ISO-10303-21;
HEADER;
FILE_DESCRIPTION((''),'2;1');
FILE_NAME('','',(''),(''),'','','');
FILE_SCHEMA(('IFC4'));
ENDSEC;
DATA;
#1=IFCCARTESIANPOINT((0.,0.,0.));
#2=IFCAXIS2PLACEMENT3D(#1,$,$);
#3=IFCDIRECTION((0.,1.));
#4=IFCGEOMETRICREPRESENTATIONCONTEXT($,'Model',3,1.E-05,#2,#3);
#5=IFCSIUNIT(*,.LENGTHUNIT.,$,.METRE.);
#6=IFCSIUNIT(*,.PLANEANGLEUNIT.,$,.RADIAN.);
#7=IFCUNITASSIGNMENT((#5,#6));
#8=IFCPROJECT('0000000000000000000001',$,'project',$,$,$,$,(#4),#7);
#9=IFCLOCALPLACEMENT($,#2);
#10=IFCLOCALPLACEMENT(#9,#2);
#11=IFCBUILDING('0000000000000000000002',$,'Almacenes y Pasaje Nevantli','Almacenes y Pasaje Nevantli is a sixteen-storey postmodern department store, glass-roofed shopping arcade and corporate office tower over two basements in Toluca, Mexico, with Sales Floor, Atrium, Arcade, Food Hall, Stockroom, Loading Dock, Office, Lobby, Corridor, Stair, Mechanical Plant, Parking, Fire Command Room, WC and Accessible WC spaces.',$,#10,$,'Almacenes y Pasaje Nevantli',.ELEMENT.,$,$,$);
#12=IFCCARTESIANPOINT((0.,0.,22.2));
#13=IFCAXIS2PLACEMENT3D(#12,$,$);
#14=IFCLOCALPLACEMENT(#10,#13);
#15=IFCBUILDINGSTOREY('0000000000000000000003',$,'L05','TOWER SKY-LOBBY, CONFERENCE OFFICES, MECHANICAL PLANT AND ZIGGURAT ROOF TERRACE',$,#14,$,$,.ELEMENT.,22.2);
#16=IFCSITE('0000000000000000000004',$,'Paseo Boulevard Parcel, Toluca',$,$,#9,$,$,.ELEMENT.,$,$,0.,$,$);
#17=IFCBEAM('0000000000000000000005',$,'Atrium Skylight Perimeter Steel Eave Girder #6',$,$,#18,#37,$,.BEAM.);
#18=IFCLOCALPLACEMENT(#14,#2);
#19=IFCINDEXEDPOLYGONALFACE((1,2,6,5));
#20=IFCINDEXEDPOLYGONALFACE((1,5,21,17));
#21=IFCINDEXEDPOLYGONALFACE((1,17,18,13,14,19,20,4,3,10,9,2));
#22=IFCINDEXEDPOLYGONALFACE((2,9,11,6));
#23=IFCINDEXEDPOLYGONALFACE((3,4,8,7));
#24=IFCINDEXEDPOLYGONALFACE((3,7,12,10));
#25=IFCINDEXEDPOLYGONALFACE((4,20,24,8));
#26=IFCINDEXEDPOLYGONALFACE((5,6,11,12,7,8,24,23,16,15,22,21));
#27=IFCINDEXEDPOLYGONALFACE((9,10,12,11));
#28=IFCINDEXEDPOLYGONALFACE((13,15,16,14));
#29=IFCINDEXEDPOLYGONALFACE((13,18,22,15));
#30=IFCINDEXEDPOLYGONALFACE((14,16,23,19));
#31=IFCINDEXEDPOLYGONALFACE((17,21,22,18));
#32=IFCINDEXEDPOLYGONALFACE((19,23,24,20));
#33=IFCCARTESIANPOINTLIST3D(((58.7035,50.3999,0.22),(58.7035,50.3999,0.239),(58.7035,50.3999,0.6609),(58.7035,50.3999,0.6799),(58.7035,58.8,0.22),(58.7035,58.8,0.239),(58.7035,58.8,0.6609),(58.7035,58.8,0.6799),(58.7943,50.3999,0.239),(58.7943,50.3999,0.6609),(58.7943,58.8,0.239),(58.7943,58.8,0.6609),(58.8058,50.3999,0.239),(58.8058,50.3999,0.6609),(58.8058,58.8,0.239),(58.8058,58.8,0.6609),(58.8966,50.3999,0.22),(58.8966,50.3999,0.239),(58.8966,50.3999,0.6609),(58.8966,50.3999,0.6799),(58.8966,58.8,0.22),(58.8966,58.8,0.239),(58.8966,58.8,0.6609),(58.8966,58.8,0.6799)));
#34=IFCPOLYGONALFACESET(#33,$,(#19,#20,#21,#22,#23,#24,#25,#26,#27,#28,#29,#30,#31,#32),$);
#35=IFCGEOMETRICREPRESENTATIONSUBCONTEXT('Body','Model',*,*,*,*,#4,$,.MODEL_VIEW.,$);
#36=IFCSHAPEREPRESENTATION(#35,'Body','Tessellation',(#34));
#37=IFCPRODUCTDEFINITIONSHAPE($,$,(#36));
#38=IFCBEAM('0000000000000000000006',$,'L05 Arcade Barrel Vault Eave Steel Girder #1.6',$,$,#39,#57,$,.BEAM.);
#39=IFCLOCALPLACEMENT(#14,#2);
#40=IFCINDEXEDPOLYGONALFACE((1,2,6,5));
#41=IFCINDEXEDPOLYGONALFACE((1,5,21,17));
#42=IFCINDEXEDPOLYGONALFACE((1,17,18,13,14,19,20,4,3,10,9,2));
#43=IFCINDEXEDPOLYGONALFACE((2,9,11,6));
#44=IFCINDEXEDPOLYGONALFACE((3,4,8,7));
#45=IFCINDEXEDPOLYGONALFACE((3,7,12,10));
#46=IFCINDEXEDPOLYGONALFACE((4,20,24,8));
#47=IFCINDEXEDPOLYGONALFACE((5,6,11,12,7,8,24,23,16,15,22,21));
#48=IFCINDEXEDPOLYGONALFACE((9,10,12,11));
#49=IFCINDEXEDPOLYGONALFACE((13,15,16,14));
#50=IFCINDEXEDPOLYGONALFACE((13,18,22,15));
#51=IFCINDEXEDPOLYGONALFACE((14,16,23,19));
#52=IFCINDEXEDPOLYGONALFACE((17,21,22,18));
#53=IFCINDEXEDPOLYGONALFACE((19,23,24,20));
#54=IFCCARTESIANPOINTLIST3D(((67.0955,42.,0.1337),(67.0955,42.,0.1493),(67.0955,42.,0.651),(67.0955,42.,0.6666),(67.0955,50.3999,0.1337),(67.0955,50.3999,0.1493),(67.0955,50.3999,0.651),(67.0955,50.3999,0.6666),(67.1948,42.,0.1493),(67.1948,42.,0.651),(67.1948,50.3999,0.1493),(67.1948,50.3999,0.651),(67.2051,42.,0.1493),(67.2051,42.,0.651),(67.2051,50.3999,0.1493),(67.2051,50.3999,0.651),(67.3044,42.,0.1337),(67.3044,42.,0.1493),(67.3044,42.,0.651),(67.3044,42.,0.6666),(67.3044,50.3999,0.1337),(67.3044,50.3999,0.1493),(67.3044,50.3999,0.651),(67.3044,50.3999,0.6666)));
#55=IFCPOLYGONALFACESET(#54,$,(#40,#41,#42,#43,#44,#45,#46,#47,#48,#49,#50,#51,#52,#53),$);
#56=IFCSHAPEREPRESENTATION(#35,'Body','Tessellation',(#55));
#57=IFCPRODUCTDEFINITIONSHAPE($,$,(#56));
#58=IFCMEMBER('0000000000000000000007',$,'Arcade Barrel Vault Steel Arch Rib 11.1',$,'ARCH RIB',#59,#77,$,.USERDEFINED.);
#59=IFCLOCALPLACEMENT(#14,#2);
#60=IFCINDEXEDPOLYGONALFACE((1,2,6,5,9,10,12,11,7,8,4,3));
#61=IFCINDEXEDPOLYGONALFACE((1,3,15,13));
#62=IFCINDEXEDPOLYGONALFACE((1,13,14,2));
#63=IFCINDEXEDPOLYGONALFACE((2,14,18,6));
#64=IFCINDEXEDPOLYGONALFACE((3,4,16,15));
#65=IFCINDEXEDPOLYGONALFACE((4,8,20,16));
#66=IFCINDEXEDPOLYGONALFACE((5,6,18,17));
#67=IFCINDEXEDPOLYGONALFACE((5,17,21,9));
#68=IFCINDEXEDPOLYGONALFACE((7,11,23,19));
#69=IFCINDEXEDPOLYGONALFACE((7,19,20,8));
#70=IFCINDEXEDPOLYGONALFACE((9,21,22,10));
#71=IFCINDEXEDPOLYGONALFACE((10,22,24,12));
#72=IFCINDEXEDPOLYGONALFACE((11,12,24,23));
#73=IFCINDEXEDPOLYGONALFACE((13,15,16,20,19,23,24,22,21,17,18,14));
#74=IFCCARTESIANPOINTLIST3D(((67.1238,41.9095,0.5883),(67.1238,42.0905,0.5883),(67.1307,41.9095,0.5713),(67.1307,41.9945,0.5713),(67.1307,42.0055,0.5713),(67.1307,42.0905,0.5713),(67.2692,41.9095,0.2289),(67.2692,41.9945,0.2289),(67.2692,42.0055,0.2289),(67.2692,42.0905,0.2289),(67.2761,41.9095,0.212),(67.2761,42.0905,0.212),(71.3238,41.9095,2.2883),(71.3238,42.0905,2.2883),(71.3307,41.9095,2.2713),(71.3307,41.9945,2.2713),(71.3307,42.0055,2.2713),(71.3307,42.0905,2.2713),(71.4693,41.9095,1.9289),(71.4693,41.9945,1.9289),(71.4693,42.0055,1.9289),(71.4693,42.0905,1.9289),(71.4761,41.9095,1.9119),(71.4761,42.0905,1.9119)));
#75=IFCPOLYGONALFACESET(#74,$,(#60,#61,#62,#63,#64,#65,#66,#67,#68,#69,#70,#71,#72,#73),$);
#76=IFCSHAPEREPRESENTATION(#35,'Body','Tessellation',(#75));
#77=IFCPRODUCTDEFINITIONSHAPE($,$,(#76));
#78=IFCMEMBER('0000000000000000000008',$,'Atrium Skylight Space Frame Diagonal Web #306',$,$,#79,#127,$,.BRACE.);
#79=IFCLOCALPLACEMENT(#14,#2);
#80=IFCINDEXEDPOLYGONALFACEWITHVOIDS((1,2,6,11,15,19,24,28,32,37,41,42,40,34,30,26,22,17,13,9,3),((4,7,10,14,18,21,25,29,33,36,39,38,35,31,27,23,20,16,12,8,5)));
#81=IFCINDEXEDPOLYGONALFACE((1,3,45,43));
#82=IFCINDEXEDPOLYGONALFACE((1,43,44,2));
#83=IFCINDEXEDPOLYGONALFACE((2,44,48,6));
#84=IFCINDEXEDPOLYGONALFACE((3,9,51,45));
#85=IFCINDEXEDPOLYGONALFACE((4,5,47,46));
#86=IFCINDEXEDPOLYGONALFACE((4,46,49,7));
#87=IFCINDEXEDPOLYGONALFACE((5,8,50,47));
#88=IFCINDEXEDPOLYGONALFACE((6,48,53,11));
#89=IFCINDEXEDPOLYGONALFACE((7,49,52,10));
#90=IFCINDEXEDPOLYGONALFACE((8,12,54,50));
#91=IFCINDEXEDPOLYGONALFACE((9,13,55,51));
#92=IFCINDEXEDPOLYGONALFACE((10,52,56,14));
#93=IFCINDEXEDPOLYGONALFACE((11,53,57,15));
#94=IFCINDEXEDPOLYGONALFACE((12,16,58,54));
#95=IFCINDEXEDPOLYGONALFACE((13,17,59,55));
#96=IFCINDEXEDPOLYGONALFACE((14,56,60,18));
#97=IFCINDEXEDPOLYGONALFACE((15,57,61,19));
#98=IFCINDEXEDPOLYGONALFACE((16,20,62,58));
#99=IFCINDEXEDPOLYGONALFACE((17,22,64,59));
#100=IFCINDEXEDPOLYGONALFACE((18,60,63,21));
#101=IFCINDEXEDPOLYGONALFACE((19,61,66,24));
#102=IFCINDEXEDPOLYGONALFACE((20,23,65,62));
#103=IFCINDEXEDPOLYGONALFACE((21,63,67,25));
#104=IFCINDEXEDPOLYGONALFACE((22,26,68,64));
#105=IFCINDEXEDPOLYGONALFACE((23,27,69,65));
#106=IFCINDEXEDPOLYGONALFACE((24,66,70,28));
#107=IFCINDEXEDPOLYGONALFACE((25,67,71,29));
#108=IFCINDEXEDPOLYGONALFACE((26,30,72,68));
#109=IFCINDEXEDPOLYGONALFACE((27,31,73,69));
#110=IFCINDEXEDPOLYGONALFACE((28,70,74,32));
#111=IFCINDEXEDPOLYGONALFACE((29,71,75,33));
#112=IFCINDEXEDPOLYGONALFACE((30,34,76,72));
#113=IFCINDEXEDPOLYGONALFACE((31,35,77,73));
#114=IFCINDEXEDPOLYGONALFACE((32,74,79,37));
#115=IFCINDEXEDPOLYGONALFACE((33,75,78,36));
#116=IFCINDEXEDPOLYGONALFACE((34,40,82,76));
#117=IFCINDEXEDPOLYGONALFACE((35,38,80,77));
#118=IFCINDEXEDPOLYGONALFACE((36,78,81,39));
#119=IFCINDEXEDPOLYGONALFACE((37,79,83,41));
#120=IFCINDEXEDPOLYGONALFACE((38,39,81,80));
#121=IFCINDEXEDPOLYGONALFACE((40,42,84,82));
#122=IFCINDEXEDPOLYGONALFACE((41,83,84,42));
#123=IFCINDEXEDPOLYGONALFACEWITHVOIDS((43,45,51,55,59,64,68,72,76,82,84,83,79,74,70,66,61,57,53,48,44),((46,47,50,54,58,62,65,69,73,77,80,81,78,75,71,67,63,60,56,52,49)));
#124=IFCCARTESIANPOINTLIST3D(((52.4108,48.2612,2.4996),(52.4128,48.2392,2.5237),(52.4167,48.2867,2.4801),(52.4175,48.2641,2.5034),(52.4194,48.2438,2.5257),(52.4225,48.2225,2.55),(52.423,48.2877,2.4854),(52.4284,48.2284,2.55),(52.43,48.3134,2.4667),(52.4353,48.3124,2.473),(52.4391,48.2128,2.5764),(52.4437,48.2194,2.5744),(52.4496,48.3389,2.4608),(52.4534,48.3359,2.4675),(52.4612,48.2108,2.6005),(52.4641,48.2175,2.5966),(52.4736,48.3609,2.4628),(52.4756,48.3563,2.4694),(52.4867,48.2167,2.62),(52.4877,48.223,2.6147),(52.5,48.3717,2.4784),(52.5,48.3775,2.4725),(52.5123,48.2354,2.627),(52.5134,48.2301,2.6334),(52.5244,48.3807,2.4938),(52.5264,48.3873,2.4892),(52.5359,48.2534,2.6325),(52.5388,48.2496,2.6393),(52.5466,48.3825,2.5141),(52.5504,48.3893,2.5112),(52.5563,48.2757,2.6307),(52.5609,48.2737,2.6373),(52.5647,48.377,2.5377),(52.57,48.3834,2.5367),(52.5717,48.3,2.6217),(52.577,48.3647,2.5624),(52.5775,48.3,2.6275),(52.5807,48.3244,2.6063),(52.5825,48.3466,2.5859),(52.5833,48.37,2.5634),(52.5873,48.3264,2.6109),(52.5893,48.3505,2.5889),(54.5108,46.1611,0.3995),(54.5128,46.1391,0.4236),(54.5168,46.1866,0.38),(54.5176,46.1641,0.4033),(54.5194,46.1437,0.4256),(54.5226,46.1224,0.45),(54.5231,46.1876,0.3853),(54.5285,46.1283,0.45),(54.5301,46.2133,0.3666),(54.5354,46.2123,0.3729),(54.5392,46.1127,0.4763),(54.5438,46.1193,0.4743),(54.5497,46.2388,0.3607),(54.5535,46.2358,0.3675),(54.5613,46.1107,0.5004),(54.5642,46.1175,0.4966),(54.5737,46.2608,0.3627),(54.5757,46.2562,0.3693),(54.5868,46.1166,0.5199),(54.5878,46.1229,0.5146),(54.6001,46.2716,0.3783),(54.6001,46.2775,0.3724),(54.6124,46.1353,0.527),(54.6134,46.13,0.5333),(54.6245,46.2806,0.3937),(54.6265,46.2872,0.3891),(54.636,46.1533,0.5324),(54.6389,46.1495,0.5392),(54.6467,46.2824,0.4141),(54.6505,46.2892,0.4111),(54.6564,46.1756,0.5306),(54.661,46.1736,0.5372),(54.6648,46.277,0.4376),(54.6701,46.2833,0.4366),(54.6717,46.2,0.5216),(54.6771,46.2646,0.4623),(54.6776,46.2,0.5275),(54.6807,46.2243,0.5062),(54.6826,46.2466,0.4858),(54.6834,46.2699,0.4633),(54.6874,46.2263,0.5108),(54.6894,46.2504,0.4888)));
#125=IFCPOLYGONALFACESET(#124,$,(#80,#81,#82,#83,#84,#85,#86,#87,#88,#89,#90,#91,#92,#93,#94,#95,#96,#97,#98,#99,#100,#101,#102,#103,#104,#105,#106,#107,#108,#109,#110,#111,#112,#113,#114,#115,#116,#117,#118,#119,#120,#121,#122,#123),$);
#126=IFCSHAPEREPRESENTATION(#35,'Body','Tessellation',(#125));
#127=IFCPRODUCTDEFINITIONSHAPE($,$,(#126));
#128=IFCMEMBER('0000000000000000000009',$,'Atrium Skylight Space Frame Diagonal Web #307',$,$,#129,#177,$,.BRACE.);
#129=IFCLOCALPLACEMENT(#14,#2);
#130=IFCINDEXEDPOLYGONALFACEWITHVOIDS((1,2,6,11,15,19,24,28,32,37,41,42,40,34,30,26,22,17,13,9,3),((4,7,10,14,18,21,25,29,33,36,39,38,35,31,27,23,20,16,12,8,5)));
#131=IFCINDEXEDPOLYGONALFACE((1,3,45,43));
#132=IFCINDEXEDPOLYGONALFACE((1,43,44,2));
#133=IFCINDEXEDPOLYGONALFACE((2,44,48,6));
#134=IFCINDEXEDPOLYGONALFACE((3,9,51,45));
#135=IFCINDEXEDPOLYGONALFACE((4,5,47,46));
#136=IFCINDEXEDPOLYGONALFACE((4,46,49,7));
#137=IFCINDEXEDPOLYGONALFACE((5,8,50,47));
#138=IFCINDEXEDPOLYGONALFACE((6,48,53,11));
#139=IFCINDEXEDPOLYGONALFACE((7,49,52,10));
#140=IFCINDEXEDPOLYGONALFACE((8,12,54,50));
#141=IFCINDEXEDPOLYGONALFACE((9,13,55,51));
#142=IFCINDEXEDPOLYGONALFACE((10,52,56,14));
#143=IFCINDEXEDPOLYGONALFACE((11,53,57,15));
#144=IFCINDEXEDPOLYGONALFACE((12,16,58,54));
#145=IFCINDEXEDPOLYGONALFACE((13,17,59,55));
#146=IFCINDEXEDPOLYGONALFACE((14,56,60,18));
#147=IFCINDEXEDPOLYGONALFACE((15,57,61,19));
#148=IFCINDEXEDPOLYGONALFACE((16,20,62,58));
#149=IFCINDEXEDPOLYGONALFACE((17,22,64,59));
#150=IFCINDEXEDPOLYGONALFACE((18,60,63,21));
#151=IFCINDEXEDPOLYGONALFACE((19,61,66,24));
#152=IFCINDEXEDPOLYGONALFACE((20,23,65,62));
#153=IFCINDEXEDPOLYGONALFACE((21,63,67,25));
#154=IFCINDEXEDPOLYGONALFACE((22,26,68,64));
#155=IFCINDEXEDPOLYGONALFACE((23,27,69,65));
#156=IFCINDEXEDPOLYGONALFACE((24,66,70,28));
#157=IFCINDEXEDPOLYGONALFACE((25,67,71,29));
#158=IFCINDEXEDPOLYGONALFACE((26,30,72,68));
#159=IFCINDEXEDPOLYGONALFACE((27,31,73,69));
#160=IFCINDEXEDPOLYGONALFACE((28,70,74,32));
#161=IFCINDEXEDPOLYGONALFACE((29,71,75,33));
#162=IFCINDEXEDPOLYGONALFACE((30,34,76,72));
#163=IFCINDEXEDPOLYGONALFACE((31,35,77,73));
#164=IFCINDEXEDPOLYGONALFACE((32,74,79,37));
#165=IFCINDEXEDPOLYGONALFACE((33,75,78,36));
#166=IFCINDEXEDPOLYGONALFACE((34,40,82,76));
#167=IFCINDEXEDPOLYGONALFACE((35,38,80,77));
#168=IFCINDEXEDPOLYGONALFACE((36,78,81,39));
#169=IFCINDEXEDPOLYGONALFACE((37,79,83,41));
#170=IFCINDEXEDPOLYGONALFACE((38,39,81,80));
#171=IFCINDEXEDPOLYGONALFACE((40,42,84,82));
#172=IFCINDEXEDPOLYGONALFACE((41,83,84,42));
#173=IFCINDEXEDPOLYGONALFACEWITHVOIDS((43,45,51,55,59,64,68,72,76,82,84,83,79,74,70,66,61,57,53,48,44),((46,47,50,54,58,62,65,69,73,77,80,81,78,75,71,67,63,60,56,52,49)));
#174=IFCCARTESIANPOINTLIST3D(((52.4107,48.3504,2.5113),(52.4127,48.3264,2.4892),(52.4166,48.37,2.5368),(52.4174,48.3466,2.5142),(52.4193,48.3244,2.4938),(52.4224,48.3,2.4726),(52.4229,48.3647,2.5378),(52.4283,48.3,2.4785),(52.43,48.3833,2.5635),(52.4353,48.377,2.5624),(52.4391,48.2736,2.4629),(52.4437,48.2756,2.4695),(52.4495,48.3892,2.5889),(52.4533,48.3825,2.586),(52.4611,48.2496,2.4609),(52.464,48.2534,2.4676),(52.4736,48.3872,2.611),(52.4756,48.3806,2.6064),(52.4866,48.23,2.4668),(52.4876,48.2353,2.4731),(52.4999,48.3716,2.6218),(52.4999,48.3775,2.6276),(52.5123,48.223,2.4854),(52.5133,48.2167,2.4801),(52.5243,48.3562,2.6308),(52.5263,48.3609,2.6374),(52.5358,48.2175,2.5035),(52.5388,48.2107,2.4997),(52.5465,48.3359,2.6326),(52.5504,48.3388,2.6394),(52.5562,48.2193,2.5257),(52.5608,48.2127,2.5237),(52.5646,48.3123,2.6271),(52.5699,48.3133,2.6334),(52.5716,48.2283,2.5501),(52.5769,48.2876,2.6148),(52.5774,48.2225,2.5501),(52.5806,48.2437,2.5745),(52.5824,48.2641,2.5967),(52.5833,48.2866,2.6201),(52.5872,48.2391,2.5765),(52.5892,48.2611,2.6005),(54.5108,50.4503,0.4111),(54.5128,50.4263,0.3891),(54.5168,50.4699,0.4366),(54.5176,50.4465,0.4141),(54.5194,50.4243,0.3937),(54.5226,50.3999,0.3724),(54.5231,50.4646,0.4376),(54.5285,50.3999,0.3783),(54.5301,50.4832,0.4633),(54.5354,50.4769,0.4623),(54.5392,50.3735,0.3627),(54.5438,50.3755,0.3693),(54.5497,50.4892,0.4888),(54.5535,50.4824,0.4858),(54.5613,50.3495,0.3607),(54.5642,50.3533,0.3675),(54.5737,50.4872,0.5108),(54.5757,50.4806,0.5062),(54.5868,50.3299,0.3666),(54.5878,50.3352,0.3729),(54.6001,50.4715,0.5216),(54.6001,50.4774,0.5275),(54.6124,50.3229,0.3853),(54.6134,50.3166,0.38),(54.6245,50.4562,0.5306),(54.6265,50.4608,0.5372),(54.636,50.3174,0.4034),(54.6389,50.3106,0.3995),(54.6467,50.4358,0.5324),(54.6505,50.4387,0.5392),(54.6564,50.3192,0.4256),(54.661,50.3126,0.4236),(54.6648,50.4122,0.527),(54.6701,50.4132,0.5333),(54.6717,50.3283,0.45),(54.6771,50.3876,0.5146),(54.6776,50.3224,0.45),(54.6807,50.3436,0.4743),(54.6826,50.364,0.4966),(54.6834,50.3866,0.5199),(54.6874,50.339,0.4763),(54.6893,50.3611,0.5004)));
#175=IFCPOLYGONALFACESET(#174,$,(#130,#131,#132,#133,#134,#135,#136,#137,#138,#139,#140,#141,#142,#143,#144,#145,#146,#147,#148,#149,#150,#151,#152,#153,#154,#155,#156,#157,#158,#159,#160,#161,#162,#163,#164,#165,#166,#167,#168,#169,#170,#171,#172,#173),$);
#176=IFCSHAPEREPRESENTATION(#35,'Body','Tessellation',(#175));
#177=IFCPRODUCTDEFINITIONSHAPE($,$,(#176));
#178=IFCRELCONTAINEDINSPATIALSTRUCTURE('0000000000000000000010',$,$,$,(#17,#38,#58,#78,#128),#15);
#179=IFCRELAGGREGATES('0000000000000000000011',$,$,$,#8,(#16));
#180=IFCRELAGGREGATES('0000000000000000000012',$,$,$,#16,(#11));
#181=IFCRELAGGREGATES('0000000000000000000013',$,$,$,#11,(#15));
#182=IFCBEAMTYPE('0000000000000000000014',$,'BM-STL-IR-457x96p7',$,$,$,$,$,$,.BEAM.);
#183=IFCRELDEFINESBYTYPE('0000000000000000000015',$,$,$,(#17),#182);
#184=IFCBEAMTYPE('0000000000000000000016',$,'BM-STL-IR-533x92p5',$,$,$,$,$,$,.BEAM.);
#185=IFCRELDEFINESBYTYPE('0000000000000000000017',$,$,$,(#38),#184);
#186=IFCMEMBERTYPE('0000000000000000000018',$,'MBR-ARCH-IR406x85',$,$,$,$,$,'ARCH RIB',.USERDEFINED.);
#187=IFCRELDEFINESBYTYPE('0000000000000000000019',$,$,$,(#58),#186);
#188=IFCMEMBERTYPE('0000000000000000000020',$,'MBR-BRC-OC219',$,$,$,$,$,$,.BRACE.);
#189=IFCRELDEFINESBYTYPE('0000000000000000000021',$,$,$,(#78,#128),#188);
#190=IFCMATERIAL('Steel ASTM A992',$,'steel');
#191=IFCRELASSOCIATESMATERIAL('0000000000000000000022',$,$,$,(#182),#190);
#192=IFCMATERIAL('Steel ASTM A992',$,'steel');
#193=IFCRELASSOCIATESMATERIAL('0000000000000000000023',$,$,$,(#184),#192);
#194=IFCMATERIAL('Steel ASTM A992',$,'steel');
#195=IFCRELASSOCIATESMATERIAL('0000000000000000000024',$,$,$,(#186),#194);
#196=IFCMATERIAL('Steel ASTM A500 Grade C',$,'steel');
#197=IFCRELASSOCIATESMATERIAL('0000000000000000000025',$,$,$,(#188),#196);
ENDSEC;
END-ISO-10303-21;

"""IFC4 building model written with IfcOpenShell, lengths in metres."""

from ifc_helpers import new_model, si_unit, direction, frame, origin, origin_2d, place, context, subcontext, project, spatial, hollow_circle, i_section, extrude, material, material_profile, profile_set, type_object, element, save


model = new_model("IFC4")

# Units and contexts
model_context = context("Model", 3, precision=1e-05, world=origin(), true_north=direction((0.0, 1.0)))
body_context = subcontext(model_context, "Body", "Model", "MODEL_VIEW")
ifc_project = project(units=[si_unit("LENGTHUNIT", "METRE"), si_unit("PLANEANGLEUNIT", "RADIAN")], contexts=[model_context])

# Site, building, storey
site_placement = place(None, origin())
site = spatial("IfcSite", under=ifc_project, at=site_placement, Name="Paseo Boulevard Parcel, Toluca", CompositionType="ELEMENT", RefElevation=0.0)
building_placement = place(site_placement, origin())
building = spatial("IfcBuilding", under=site, at=building_placement, Name="Almacenes y Pasaje Nevantli", Description="Almacenes y Pasaje Nevantli is a sixteen-storey postmodern department store, glass-roofed shopping arcade and corporate office tower over two basements in Toluca, Mexico, with Sales Floor, Atrium, Arcade, Food Hall, Stockroom, Loading Dock, Office, Lobby, Corridor, Stair, Mechanical Plant, Parking, Fire Command Room, WC and Accessible WC spaces.", LongName="Almacenes y Pasaje Nevantli", CompositionType="ELEMENT")
storey_placement = place(building_placement, frame((0.0, 0.0, 22.2)))
storey = spatial("IfcBuildingStorey", under=building, at=storey_placement, Name="L05", Description="TOWER SKY-LOBBY, CONFERENCE OFFICES, MECHANICAL PLANT AND ZIGGURAT ROOF TERRACE", CompositionType="ELEMENT", Elevation=22.2)

# Beams
ifc_material_1 = material(Name="Steel ASTM A992", Category="steel")
ifc_material_profile_1 = material_profile(ifc_material_1, i_section(OverallWidth=0.1931, OverallDepth=0.46, WebThickness=0.0115, FlangeThickness=0.019, at=origin_2d()), Name="IR 457x96.7")
ifc_profile_set_1 = profile_set([ifc_material_profile_1], Name="Steel ASTM A992")
beam_type_1 = type_object("IfcBeamType", Name="BM-STL-IR-457x96p7", PredefinedType="BEAM", material=ifc_profile_set_1)
beam_1_placement = place(storey_placement, frame((58.8, 50.3999, 0.45), z_axis=(0.0, 1.0, 0.0), x_axis=(-1.0, 0.0, 0.0)))
element("IfcBeam", 1, at=beam_1_placement, inside=storey, type_object=beam_type_1, Name="Atrium Skylight Perimeter Steel Eave Girder #6", PredefinedType="BEAM", context=body_context, shape_type="SweptSolid", body=[
    extrude(i_section(OverallWidth=0.1931, OverallDepth=0.46, WebThickness=0.0115, FlangeThickness=0.019, at=origin_2d()), origin(), (0.0, 0.0, 1.0), 8.4001),
])
ifc_material_2 = material(Name="Steel ASTM A992", Category="steel")
ifc_material_profile_2 = material_profile(ifc_material_2, i_section(OverallWidth=0.209, OverallDepth=0.533, WebThickness=0.0103, FlangeThickness=0.0156, at=origin_2d()), Name="IR 533x92.5")
ifc_profile_set_2 = profile_set([ifc_material_profile_2], Name="Steel ASTM A992")
beam_type_2 = type_object("IfcBeamType", Name="BM-STL-IR-533x92p5", PredefinedType="BEAM", material=ifc_profile_set_2)
beam_2_placement = place(storey_placement, frame((67.2, 42.0, 0.4001), z_axis=(0.0, 1.0, 0.0), x_axis=(-1.0, 0.0, 0.0)))
element("IfcBeam", 2, at=beam_2_placement, inside=storey, type_object=beam_type_2, Name="L05 Arcade Barrel Vault Eave Steel Girder #1.6", PredefinedType="BEAM", context=body_context, shape_type="SweptSolid", body=[
    extrude(i_section(OverallWidth=0.209, OverallDepth=0.533, WebThickness=0.0103, FlangeThickness=0.0156, at=origin_2d()), origin(), (0.0, 0.0, 1.0), 8.3999),
])

# Members
ifc_material_3 = material(Name="Steel ASTM A992", Category="steel")
ifc_material_profile_3 = material_profile(ifc_material_3, i_section(OverallWidth=0.1809, OverallDepth=0.406, WebThickness=0.011, FlangeThickness=0.0183, at=origin_2d()), Name="IR 406x85.0")
ifc_profile_set_3 = profile_set([ifc_material_profile_3], Name="Steel ASTM A992")
member_type_1 = type_object("IfcMemberType", Name="MBR-ARCH-IR406x85", ElementType="ARCH RIB", PredefinedType="USERDEFINED", material=ifc_profile_set_3)
member_1_placement = place(storey_placement, frame((67.2, 42.0, 0.4001), z_axis=(0.926949, 0.0, 0.375187), x_axis=(0.0, 1.0, 0.0)))
element("IfcMember", 3, at=member_1_placement, inside=storey, type_object=member_type_1, Name="Arcade Barrel Vault Steel Arch Rib 11.1", ObjectType="ARCH RIB", PredefinedType="USERDEFINED", context=body_context, shape_type="SweptSolid", body=[
    extrude(i_section(OverallWidth=0.1809, OverallDepth=0.406, WebThickness=0.011, FlangeThickness=0.0183, at=origin_2d()), origin(), (0.0, 0.0, 1.0), 4.531),
])
ifc_material_4 = material(Name="Steel ASTM A500 Grade C", Category="steel")
ifc_material_profile_4 = material_profile(ifc_material_4, hollow_circle(Radius=0.1096, WallThickness=0.0083, at=origin_2d()), Name="OC 219x8.2")
ifc_profile_set_4 = profile_set([ifc_material_profile_4], Name="Steel ASTM A500 Grade C")
member_type_2 = type_object("IfcMemberType", Name="MBR-BRC-OC219", PredefinedType="BRACE", material=ifc_profile_set_4)
for number, where, z_axis, x_axis, name in (
    (4, (54.6001, 46.2, 0.45), (-0.57735, 0.57735, 0.57735), (-0.707107, -0.707107, 0.0), "Atrium Skylight Space Frame Diagonal Web #306"),
    (5, (54.6001, 50.3999, 0.45), (-0.577373, -0.577306, 0.577373), (0.707066, -0.707148, 0.0), "Atrium Skylight Space Frame Diagonal Web #307"),
):
    element("IfcMember", number, at=place(storey_placement, frame(where, z_axis=z_axis, x_axis=x_axis)), inside=storey, type_object=member_type_2, Name=name, PredefinedType="BRACE", context=body_context, shape_type="SweptSolid", body=[
        extrude(hollow_circle(Radius=0.1096, WallThickness=0.0083, at=origin_2d()), origin(), (0.0, 0.0, 1.0), 3.6375),
    ])

save(model, "model.ifc")
